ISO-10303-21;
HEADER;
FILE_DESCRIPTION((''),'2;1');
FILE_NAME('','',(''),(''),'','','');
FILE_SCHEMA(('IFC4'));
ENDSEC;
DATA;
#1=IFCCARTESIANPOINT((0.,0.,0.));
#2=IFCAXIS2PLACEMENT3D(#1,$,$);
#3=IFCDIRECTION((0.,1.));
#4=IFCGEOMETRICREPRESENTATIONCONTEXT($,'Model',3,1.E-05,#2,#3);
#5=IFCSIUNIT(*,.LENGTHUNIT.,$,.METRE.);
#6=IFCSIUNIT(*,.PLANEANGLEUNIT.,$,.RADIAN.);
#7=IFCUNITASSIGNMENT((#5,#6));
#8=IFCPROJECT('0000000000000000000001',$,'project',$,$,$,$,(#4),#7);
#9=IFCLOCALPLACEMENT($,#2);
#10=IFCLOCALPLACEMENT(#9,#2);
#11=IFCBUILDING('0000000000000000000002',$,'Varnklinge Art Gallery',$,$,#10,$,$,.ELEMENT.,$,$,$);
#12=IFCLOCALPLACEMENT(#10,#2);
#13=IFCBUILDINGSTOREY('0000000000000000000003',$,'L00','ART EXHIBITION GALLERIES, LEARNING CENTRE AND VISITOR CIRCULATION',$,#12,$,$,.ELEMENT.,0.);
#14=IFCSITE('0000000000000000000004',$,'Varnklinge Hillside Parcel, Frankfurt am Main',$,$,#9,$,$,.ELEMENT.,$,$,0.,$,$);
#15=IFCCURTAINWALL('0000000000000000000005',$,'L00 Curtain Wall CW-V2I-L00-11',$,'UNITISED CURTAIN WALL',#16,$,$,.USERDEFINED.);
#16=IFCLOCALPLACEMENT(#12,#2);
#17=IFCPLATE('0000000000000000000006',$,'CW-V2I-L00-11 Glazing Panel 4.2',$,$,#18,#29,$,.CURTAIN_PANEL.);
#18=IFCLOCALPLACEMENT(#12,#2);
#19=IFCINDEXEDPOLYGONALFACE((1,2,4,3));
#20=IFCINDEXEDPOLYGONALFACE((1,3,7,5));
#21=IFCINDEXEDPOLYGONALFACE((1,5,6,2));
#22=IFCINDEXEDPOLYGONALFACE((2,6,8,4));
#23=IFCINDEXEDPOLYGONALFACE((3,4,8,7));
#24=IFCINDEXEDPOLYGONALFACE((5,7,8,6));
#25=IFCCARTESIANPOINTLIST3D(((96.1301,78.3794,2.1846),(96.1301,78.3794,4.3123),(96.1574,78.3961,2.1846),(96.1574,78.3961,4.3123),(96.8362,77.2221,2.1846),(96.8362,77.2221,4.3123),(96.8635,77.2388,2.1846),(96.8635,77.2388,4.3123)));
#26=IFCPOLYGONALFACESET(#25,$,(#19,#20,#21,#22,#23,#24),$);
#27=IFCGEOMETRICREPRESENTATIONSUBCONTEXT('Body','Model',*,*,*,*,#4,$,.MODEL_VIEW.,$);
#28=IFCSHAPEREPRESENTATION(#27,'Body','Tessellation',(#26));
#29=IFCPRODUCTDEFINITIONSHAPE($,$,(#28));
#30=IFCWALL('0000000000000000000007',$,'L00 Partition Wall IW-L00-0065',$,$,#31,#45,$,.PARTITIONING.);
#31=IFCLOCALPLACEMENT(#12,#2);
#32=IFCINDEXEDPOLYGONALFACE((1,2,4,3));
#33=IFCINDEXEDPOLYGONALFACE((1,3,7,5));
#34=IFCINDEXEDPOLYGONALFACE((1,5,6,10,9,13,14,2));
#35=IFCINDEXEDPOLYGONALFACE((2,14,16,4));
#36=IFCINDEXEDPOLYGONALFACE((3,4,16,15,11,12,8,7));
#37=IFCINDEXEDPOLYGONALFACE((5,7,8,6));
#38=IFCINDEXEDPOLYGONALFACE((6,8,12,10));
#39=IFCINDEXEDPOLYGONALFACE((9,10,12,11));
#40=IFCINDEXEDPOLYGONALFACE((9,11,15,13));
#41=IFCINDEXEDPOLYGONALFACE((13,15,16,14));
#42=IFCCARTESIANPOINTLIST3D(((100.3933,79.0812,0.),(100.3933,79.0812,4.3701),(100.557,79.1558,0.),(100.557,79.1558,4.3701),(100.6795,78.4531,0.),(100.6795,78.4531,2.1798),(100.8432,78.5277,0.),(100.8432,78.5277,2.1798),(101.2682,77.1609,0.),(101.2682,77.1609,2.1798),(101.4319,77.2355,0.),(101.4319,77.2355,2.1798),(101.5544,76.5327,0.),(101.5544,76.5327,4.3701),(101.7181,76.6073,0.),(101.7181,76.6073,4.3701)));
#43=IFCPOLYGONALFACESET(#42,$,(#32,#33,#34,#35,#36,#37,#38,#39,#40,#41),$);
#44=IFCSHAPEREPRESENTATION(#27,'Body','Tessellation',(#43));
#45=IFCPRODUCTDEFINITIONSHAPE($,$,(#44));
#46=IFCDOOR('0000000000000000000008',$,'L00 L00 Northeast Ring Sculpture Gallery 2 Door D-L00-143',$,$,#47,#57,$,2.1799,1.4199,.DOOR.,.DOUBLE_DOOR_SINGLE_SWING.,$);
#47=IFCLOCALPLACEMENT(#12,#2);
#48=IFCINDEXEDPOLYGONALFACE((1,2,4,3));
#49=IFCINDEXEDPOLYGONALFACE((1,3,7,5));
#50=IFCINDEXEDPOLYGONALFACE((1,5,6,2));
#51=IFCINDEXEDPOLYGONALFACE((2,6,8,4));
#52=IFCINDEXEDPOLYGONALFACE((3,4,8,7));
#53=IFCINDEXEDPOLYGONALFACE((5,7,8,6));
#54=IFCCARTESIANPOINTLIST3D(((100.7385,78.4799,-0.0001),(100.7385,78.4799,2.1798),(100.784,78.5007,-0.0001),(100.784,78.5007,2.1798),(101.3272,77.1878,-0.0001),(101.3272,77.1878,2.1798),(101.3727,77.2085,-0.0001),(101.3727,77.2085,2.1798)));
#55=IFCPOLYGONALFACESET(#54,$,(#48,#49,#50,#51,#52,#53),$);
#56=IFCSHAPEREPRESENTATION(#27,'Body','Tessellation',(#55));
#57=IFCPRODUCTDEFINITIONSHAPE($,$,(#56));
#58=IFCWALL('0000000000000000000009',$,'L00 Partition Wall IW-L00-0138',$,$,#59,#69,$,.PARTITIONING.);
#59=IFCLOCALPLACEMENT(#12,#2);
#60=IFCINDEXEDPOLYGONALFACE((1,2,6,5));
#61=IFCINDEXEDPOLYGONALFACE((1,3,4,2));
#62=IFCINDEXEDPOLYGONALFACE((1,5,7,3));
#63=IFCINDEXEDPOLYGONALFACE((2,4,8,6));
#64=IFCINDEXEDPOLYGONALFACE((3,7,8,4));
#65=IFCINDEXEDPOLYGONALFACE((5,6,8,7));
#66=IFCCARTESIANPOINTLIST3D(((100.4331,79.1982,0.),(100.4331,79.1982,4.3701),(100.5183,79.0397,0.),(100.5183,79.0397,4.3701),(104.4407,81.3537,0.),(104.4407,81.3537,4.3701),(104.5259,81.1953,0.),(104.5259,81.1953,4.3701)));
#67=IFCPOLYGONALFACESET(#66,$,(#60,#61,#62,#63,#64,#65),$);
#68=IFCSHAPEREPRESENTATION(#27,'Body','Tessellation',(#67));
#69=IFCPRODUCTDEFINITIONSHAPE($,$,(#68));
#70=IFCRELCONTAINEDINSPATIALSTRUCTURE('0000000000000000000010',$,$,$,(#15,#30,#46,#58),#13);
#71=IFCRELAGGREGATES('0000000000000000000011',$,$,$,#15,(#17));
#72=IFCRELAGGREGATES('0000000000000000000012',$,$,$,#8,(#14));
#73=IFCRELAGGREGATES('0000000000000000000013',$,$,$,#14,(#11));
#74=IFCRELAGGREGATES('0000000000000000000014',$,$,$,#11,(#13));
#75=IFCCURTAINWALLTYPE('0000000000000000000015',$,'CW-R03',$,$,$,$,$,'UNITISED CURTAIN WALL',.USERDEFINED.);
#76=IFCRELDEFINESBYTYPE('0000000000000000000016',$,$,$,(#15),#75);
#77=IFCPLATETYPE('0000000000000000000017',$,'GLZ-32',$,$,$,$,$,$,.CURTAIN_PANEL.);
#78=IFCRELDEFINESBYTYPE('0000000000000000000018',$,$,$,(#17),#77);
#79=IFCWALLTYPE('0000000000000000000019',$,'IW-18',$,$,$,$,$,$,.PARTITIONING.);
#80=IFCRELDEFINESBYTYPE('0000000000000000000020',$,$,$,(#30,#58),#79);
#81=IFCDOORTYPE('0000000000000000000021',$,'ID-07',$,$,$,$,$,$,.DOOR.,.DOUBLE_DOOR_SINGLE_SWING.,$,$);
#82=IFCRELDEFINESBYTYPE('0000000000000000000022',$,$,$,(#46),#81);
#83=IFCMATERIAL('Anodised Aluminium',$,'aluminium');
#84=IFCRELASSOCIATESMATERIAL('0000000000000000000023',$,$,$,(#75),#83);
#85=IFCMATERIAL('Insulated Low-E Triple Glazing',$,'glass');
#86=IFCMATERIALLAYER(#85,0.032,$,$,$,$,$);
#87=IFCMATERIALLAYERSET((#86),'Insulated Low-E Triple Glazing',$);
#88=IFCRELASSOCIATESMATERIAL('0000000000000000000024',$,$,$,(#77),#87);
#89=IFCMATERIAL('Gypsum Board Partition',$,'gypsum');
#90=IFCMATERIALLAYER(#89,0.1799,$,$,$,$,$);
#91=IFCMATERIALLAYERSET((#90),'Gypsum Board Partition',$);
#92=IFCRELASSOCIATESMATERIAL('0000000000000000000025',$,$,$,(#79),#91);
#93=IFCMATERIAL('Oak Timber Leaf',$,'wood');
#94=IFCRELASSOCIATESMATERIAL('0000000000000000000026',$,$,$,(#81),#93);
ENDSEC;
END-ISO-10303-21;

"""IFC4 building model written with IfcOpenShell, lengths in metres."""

from ifc_helpers import new_model, si_unit, direction, frame, frame_2d, origin, origin_2d, place, context, subcontext, project, spatial, rectangle, extrude, material, layer, layer_set, type_object, element, fill, aggregate, save


model = new_model("IFC4")

# Units and contexts
model_context = context("Model", 3, precision=1e-05, world=origin(), true_north=direction((0.0, 1.0)))
body_context = subcontext(model_context, "Body", "Model", "MODEL_VIEW")
ifc_project = project(units=[si_unit("LENGTHUNIT", "METRE"), si_unit("PLANEANGLEUNIT", "RADIAN")], contexts=[model_context])

# Site, building, storey
site_placement = place(None, origin())
site = spatial("IfcSite", under=ifc_project, at=site_placement, Name="Varnklinge Hillside Parcel, Frankfurt am Main", CompositionType="ELEMENT", RefElevation=0.0)
building_placement = place(site_placement, origin())
building = spatial("IfcBuilding", under=site, at=building_placement, Name="Varnklinge Art Gallery", CompositionType="ELEMENT")
storey_placement = place(building_placement, origin())
storey = spatial("IfcBuildingStorey", under=building, at=storey_placement, Name="L00", Description="ART EXHIBITION GALLERIES, LEARNING CENTRE AND VISITOR CIRCULATION", CompositionType="ELEMENT", Elevation=0.0)

# Curtain wall
ifc_material_1 = material(Name="Anodised Aluminium", Category="aluminium")
curtain_wall_type = type_object("IfcCurtainWallType", Name="CW-R03", ElementType="UNITISED CURTAIN WALL", PredefinedType="USERDEFINED", material=ifc_material_1)
curtain_wall_1_placement = place(storey_placement, origin())
curtain_wall_1 = element("IfcCurtainWall", 1, at=curtain_wall_1_placement, inside=storey, type_object=curtain_wall_type, Name="L00 Curtain Wall CW-V2I-L00-11", ObjectType="UNITISED CURTAIN WALL", PredefinedType="USERDEFINED")

# Plate
ifc_material_2 = material(Name="Insulated Low-E Triple Glazing", Category="glass")
ifc_layer_1 = layer(ifc_material_2, 0.032)
ifc_layer_set_1 = layer_set([ifc_layer_1], Name="Insulated Low-E Triple Glazing")
plate_type = type_object("IfcPlateType", Name="GLZ-32", PredefinedType="CURTAIN_PANEL", material=ifc_layer_set_1)
plate_1_placement = place(storey_placement, frame((96.4968, 77.8091, 2.1846), z_axis=(0.0, 0.0, 1.0), x_axis=(0.520861, -0.853642, 0.0)))
plate_1 = element("IfcPlate", 2, at=plate_1_placement, type_object=plate_type, Name="CW-V2I-L00-11 Glazing Panel 4.2", PredefinedType="CURTAIN_PANEL", context=body_context, shape_type="SweptSolid", body=[
    extrude(rectangle(XDim=1.3557, YDim=0.032, at=origin_2d()), origin(), (0.0, 0.0, 1.0), 2.1277),
])
aggregate(curtain_wall_1, [plate_1])

# Wall, opening, door
ifc_material_3 = material(Name="Gypsum Board Partition", Category="gypsum")
ifc_layer_2 = layer(ifc_material_3, 0.1799)
ifc_layer_set_2 = layer_set([ifc_layer_2], Name="Gypsum Board Partition")
wall_type = type_object("IfcWallType", Name="IW-18", PredefinedType="PARTITIONING", material=ifc_layer_set_2)
wall_1_placement = place(storey_placement, frame((100.4751, 79.1187, 0.0), z_axis=(0.0, 0.0, 1.0), x_axis=(0.414597, -0.910005, 0.0)))
wall_1 = element("IfcWall", 3, at=wall_1_placement, inside=storey, type_object=wall_type, Name="L00 Partition Wall IW-L00-0065", PredefinedType="PARTITIONING", context=body_context, shape_type="SweptSolid", body=[
    extrude(rectangle(XDim=2.8005, YDim=0.1799, at=frame_2d((1.4004, 0.0))), origin(), (0.0, 0.0, 1.0), 4.3701),
])
opening_placement = place(wall_1_placement, frame((0.6904, 0.0, 0.0)))
opening = element("IfcOpeningElement", 4, at=opening_placement, cuts=wall_1, PredefinedType="OPENING", context=body_context, shape_type="SweptSolid", body=[
    extrude(rectangle(XDim=1.4199, YDim=2.1799, at=frame_2d((0.71, 1.0898))), frame((0.0, 0.0999, 0.0), z_axis=(0.0, -1.0, 0.0), x_axis=(1.0, 0.0, 0.0)), (0.0, 0.0, 1.0), 0.2),
])
ifc_material_4 = material(Name="Oak Timber Leaf", Category="wood")
door_type = type_object("IfcDoorType", Name="ID-07", OperationType="DOUBLE_DOOR_SINGLE_SWING", PredefinedType="DOOR", material=ifc_material_4)
door_placement = place(opening_placement, origin())
door = element("IfcDoor", 5, at=door_placement, inside=storey, type_object=door_type, Name="L00 L00 Northeast Ring Sculpture Gallery 2 Door D-L00-143", OperationType="DOUBLE_DOOR_SINGLE_SWING", OverallHeight=2.1799, OverallWidth=1.4199, PredefinedType="DOOR", context=body_context, shape_type="SweptSolid", body=[
    extrude(rectangle(XDim=1.4199, YDim=2.1799, at=frame_2d((0.71, 1.0898))), frame((0.0, 0.0249, 0.0), z_axis=(0.0, -1.0, 0.0), x_axis=(1.0, 0.0, 0.0)), (0.0, 0.0, 1.0), 0.05),
])
fill(opening, door)

# Wall
wall_2_placement = place(storey_placement, frame((100.4756, 79.1189, 0.0), z_axis=(0.0, 0.0, 1.0), x_axis=(0.880692, 0.47369, 0.0)))
element("IfcWall", 6, at=wall_2_placement, inside=storey, type_object=wall_type, Name="L00 Partition Wall IW-L00-0138", PredefinedType="PARTITIONING", context=body_context, shape_type="SweptSolid", body=[
    extrude(rectangle(XDim=4.5505, YDim=0.1799, at=frame_2d((2.2754, 0.0))), origin(), (0.0, 0.0, 1.0), 4.3701),
])

save(model, "model.ifc")
